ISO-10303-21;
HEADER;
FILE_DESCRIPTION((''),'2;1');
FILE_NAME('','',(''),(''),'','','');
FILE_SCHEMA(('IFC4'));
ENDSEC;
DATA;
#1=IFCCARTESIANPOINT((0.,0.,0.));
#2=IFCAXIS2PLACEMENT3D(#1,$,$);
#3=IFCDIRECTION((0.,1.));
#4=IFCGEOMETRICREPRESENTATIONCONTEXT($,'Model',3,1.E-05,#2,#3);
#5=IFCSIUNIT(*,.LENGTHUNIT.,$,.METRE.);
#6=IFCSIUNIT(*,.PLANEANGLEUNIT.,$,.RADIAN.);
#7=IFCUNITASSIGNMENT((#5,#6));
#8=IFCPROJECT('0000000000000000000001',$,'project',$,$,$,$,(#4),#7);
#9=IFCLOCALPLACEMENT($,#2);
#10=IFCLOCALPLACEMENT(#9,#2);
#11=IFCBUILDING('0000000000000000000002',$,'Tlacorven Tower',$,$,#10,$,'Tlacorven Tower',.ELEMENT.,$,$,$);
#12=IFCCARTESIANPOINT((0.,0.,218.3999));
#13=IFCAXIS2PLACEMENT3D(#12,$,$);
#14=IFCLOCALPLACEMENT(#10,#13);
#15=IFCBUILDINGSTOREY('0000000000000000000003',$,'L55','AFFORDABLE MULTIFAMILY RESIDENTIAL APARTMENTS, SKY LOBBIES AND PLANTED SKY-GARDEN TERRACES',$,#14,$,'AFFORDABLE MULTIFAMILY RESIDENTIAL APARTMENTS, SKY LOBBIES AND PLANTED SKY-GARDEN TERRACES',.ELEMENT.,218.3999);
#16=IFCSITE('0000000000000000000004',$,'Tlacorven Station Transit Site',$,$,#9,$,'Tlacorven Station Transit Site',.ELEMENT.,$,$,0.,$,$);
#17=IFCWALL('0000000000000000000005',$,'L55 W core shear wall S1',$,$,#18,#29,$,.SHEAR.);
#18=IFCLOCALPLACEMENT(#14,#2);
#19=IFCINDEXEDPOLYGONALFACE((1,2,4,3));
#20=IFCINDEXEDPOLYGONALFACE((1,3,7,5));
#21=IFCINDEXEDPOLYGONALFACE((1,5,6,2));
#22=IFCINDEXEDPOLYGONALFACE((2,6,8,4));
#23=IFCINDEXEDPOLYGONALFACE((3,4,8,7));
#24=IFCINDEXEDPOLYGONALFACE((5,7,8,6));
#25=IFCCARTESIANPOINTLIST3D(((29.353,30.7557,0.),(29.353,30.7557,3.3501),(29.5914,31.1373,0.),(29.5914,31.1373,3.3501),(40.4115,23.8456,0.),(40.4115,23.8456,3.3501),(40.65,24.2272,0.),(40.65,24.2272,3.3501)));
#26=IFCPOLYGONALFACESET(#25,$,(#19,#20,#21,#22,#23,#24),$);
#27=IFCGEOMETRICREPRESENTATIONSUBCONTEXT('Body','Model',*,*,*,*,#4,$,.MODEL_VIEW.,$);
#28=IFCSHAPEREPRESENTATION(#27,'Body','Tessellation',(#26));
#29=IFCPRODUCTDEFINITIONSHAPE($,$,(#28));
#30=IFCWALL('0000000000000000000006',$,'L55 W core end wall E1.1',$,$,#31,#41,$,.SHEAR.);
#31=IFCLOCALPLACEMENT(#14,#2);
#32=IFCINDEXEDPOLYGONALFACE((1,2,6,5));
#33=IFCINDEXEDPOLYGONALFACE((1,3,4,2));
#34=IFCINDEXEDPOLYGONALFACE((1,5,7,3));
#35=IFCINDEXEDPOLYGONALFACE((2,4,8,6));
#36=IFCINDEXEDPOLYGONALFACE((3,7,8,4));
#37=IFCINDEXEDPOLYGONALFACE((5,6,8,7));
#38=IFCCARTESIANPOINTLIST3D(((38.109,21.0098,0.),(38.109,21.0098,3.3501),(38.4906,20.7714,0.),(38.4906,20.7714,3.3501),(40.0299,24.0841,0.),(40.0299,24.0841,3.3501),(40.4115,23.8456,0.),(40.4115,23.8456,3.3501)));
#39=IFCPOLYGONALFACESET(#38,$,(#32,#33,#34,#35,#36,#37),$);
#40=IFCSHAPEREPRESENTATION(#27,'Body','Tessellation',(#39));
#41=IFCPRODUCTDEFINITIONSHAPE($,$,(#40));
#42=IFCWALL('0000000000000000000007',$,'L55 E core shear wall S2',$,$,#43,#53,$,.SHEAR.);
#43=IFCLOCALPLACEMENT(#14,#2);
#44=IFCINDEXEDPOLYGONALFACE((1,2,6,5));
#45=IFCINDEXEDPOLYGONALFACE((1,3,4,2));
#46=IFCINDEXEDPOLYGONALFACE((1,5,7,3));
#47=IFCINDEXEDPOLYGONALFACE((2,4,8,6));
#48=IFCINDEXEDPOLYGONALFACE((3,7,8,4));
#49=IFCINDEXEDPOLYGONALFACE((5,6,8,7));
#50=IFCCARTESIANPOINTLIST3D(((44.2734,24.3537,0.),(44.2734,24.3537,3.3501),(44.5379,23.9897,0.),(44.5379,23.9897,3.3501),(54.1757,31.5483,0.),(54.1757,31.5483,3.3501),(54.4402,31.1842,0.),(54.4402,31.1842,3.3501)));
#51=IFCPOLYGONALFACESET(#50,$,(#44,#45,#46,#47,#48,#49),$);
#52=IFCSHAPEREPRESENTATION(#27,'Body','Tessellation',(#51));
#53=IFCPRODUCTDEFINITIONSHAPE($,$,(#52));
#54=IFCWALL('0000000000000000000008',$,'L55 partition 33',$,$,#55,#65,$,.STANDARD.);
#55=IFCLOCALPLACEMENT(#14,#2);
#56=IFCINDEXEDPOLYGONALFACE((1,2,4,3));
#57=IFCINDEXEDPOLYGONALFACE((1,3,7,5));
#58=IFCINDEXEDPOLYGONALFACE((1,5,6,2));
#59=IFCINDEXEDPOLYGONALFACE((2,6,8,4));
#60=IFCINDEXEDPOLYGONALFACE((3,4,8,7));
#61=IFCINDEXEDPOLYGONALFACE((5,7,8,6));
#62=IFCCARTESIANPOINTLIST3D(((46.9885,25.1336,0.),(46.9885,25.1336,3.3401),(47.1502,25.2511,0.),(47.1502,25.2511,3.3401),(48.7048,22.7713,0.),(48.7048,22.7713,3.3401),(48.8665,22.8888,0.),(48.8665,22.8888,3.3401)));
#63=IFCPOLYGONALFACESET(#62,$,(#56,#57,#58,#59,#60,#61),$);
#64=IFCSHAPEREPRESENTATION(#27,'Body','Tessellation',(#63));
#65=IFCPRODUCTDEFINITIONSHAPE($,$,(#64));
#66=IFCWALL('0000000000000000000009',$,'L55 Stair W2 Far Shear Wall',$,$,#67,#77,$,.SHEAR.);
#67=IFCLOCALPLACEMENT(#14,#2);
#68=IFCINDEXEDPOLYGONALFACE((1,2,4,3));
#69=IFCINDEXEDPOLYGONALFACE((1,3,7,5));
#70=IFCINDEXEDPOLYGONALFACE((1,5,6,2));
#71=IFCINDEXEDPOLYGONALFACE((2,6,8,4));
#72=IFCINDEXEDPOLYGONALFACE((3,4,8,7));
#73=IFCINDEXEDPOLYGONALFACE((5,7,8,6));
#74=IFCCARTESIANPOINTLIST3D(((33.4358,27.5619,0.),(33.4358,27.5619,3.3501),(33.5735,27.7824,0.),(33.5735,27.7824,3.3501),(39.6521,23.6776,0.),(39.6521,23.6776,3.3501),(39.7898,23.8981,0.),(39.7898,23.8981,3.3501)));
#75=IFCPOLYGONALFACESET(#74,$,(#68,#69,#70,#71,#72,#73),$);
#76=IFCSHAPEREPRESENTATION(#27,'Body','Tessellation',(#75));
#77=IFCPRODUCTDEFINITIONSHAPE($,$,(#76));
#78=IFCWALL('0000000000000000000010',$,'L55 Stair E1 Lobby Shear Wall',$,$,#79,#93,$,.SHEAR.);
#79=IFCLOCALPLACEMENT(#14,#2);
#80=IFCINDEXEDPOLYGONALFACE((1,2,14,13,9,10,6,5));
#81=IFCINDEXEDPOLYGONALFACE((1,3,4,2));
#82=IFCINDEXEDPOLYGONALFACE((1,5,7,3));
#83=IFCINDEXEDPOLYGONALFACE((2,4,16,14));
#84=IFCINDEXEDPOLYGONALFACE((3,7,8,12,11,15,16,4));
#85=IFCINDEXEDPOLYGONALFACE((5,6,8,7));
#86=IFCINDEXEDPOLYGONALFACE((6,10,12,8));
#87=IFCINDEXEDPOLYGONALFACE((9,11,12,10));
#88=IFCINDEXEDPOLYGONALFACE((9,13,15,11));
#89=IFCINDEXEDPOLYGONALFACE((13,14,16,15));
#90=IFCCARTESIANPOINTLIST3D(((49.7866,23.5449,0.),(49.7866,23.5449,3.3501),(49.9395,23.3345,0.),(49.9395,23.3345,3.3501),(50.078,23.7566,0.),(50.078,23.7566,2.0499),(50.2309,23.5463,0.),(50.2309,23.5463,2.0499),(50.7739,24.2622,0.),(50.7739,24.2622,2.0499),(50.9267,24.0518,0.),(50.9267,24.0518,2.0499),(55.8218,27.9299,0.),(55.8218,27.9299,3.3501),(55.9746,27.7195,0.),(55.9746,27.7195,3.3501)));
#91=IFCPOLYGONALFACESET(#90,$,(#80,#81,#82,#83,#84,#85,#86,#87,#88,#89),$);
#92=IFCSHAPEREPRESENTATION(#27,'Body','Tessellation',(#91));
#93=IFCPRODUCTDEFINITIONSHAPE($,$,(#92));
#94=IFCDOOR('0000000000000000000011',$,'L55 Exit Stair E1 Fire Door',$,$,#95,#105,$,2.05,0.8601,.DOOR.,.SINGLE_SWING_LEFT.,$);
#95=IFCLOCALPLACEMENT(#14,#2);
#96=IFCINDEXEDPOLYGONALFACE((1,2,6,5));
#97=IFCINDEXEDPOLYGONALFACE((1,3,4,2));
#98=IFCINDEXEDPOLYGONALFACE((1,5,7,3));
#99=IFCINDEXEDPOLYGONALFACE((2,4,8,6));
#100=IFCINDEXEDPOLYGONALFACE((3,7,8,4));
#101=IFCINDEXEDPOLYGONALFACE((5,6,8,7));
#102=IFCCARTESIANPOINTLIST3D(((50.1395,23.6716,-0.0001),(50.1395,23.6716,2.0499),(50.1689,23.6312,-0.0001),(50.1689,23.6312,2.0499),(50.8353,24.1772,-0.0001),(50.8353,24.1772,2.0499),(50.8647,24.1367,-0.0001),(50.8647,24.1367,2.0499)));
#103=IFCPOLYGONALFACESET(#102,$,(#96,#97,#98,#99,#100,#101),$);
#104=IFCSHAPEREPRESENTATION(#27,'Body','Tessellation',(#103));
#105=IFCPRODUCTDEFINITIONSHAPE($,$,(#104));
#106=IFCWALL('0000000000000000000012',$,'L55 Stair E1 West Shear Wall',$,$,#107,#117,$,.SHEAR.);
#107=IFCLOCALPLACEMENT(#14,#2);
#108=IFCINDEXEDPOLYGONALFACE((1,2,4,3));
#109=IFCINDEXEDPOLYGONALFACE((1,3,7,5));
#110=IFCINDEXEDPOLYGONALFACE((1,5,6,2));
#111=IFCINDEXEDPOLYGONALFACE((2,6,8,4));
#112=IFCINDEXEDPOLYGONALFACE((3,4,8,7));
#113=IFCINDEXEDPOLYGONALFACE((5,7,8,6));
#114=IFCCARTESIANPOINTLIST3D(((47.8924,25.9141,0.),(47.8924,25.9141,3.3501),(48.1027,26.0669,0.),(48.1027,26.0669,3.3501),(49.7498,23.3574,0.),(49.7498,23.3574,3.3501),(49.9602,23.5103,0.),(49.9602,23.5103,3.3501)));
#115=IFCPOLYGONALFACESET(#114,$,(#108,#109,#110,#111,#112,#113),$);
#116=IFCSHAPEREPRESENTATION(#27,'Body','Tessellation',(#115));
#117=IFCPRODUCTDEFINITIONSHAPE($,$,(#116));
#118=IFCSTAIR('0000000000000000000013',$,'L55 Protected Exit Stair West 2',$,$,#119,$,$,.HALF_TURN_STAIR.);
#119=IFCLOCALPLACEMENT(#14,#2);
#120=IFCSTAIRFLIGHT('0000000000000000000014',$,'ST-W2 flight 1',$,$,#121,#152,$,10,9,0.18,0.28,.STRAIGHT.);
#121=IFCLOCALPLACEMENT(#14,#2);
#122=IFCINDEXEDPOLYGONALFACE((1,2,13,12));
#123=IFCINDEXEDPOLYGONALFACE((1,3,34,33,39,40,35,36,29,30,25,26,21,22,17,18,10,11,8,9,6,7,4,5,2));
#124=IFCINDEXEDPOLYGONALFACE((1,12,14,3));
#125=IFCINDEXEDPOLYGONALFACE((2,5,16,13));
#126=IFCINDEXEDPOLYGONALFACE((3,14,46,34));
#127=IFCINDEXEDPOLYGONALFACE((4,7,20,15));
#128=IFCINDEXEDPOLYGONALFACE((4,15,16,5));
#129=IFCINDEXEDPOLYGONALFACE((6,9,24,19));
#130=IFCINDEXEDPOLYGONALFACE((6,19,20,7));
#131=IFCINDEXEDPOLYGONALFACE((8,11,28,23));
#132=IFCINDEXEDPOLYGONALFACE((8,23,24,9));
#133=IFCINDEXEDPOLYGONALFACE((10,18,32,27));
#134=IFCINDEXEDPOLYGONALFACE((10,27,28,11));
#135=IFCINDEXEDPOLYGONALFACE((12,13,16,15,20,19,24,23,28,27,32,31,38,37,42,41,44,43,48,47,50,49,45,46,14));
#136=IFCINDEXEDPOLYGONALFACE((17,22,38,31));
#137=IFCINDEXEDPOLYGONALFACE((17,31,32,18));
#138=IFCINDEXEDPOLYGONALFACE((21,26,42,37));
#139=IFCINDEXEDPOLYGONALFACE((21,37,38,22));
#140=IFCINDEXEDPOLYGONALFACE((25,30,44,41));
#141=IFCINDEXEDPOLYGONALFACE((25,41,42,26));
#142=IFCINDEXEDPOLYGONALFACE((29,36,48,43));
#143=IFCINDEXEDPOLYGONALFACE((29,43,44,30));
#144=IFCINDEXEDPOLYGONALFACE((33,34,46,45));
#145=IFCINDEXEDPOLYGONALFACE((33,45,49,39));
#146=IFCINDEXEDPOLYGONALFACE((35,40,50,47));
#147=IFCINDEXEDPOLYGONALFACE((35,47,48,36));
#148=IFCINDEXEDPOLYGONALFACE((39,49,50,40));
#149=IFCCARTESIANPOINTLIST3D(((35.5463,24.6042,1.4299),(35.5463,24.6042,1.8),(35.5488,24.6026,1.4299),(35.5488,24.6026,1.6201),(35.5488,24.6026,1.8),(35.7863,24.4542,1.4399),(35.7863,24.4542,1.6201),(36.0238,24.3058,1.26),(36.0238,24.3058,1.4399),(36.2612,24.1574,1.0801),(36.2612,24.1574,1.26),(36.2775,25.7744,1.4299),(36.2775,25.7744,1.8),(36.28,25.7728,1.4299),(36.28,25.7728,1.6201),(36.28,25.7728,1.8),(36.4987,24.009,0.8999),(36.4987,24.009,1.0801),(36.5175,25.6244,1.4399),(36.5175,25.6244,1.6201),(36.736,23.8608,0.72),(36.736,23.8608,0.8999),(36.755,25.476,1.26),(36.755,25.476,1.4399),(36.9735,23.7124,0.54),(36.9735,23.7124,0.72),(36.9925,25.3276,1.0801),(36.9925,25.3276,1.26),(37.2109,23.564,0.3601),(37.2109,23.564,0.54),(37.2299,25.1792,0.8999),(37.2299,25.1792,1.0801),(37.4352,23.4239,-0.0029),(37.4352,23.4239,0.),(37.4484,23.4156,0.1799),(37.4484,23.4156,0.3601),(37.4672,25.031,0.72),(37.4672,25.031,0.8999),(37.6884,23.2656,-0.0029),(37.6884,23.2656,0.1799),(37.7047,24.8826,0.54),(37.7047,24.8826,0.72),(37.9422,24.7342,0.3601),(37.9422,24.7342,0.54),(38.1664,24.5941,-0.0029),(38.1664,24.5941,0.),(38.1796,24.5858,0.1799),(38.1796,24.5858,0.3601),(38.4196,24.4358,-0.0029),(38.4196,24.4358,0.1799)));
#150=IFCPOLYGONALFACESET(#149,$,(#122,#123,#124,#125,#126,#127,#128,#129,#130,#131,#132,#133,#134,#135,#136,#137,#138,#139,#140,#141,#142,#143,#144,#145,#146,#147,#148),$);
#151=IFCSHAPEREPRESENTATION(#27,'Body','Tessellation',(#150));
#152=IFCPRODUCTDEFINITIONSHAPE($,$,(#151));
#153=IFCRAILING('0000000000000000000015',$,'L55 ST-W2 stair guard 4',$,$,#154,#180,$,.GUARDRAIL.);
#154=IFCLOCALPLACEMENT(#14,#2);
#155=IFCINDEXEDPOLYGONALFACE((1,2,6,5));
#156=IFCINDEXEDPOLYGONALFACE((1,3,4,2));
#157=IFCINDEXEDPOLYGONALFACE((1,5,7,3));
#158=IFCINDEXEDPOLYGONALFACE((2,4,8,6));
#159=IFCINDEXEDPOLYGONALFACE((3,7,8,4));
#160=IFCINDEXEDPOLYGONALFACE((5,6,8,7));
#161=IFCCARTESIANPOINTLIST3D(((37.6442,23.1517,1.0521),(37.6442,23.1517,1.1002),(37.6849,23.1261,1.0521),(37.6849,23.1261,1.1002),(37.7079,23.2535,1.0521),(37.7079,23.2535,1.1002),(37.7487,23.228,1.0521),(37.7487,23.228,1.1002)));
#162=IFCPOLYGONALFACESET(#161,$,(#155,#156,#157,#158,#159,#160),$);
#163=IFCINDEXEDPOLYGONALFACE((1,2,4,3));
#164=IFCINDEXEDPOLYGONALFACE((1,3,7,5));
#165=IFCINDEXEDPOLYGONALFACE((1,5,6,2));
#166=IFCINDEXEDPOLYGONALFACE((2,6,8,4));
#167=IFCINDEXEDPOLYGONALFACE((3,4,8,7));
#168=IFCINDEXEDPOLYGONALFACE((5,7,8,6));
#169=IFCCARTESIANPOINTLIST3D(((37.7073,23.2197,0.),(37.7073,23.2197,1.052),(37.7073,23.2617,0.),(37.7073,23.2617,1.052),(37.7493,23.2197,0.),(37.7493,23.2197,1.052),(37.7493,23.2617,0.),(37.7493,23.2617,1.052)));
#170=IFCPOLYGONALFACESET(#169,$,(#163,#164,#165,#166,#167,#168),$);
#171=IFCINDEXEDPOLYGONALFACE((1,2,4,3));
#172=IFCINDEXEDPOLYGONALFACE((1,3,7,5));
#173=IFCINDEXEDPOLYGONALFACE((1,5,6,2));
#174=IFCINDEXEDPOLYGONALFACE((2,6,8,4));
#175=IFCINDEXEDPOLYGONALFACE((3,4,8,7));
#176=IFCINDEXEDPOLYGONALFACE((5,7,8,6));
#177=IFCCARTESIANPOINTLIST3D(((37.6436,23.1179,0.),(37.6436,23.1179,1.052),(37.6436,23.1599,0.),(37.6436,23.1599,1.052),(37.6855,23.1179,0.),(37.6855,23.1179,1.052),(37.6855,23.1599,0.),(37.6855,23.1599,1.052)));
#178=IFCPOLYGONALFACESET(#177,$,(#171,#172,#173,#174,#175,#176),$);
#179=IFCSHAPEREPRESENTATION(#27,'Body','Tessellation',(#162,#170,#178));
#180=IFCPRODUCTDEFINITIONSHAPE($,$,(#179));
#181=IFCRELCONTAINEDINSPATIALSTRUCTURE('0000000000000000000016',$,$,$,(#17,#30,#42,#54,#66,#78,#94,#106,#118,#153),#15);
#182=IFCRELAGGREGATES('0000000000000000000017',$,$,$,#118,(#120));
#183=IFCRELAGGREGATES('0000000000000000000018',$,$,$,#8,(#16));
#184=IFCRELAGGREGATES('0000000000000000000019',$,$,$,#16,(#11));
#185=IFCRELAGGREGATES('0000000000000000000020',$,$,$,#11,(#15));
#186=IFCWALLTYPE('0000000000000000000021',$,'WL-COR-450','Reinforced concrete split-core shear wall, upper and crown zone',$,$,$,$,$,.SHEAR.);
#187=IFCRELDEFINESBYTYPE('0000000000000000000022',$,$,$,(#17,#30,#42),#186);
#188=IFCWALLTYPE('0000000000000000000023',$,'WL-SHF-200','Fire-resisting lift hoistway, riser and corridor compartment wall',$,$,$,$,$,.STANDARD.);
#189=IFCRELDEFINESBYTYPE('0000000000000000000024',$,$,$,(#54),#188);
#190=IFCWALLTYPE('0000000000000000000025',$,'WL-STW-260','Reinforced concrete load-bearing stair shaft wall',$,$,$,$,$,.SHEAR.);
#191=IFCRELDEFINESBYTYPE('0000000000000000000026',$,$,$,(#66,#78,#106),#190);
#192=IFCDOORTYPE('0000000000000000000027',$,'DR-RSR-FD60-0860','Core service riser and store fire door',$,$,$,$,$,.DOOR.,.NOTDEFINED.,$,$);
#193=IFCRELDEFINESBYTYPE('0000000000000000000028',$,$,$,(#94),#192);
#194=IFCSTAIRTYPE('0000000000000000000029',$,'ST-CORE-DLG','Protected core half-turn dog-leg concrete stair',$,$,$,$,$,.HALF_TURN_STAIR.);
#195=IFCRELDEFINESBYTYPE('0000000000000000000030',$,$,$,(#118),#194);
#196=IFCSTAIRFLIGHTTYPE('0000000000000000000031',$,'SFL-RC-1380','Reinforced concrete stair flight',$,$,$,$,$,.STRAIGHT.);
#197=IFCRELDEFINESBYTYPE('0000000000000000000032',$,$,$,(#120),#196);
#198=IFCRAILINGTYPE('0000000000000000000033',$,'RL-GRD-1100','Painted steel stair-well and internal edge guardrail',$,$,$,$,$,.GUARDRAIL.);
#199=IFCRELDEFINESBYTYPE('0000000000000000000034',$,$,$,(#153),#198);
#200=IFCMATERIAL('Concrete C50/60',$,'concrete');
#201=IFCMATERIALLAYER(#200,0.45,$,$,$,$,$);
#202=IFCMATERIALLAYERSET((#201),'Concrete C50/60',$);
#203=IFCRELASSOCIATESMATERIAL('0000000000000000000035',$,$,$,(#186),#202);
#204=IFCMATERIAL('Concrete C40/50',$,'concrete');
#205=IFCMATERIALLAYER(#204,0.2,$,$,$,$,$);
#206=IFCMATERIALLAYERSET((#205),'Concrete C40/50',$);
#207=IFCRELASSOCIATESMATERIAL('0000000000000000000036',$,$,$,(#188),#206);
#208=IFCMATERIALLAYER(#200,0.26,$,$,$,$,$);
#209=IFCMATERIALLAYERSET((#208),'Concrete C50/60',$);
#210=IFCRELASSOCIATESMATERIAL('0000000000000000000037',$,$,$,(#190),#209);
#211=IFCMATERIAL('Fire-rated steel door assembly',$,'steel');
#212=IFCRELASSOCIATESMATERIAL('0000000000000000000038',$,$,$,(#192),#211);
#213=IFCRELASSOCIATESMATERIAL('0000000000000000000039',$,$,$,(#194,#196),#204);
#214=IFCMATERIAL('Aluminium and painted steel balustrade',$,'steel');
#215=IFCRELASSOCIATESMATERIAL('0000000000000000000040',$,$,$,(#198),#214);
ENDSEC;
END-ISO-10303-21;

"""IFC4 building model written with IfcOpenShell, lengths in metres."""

from ifc_helpers import new_model, si_unit, direction, frame, frame_2d, origin, origin_2d, place, context, subcontext, project, spatial, polyline, rectangle, outline, extrude, source, transform, mapped, material, layer, layer_set, type_object, element, fill, aggregate, save


model = new_model("IFC4")

# Units and contexts
model_context = context("Model", 3, precision=1e-05, world=origin(), true_north=direction((0.0, 1.0)))
body_context = subcontext(model_context, "Body", "Model", "MODEL_VIEW")
ifc_project = project(units=[si_unit("LENGTHUNIT", "METRE"), si_unit("PLANEANGLEUNIT", "RADIAN")], contexts=[model_context])

# Site, building, storey
site_placement = place(None, origin())
site = spatial("IfcSite", under=ifc_project, at=site_placement, Name="Tlacorven Station Transit Site", LongName="Tlacorven Station Transit Site", CompositionType="ELEMENT", RefElevation=0.0)
building_placement = place(site_placement, origin())
building = spatial("IfcBuilding", under=site, at=building_placement, Name="Tlacorven Tower", LongName="Tlacorven Tower", CompositionType="ELEMENT")
storey_placement = place(building_placement, frame((0.0, 0.0, 218.3999)))
storey = spatial("IfcBuildingStorey", under=building, at=storey_placement, Name="L55", Description="AFFORDABLE MULTIFAMILY RESIDENTIAL APARTMENTS, SKY LOBBIES AND PLANTED SKY-GARDEN TERRACES", LongName="AFFORDABLE MULTIFAMILY RESIDENTIAL APARTMENTS, SKY LOBBIES AND PLANTED SKY-GARDEN TERRACES", CompositionType="ELEMENT", Elevation=218.3999)

# Walls
ifc_material_1 = material(Name="Concrete C50/60", Category="concrete")
ifc_layer_1 = layer(ifc_material_1, 0.45)
ifc_layer_set_1 = layer_set([ifc_layer_1], Name="Concrete C50/60")
wall_type_1 = type_object("IfcWallType", Name="WL-COR-450", Description="Reinforced concrete split-core shear wall, upper and crown zone", PredefinedType="SHEAR", material=ifc_layer_set_1)
wall_1_placement = place(storey_placement, frame((40.5308, 24.0364, 0.0), z_axis=(0.0, 0.0, 1.0), x_axis=(-0.848049, 0.529918, 0.0)))
element("IfcWall", 1, at=wall_1_placement, inside=storey, type_object=wall_type_1, Name="L55 W core shear wall S1", PredefinedType="SHEAR", context=body_context, shape_type="SweptSolid", body=[
    extrude(rectangle(XDim=13.04, YDim=0.45, at=frame_2d((6.52, 0.0))), origin(), (0.0, 0.0, 1.0), 3.3501),
])
wall_2_placement = place(storey_placement, frame((40.2207, 23.9648, 0.0), z_axis=(0.0, 0.0, 1.0), x_axis=(-0.529902, -0.848059, 0.0)))
element("IfcWall", 2, at=wall_2_placement, inside=storey, type_object=wall_type_1, Name="L55 W core end wall E1.1", PredefinedType="SHEAR", context=body_context, shape_type="SweptSolid", body=[
    extrude(rectangle(XDim=3.625, YDim=0.45, at=frame_2d((1.8125, 0.0))), origin(), (0.0, 0.0, 1.0), 3.3501),
])
wall_3_placement = place(storey_placement, frame((44.4055, 24.1716, 0.0), z_axis=(0.0, 0.0, 1.0), x_axis=(0.809013, 0.587791, 0.0)))
element("IfcWall", 3, at=wall_3_placement, inside=storey, type_object=wall_type_1, Name="L55 E core shear wall S2", PredefinedType="SHEAR", context=body_context, shape_type="SweptSolid", body=[
    extrude(rectangle(XDim=12.24, YDim=0.45, at=frame_2d((6.1201, 0.0))), origin(), (0.0, 0.0, 1.0), 3.3501),
])
ifc_material_2 = material(Name="Concrete C40/50", Category="concrete")
ifc_layer_2 = layer(ifc_material_2, 0.2)
ifc_layer_set_2 = layer_set([ifc_layer_2], Name="Concrete C40/50")
wall_type_2 = type_object("IfcWallType", Name="WL-SHF-200", Description="Fire-resisting lift hoistway, riser and corridor compartment wall", PredefinedType="STANDARD", material=ifc_layer_set_2)
wall_4_placement = place(storey_placement, frame((48.7856, 22.8301, 0.0), z_axis=(0.0, 0.0, 1.0), x_axis=(-0.587784, 0.809018, 0.0)))
element("IfcWall", 4, at=wall_4_placement, inside=storey, type_object=wall_type_2, Name="L55 partition 33", PredefinedType="STANDARD", context=body_context, shape_type="SweptSolid", body=[
    extrude(rectangle(XDim=2.9199, YDim=0.2, at=frame_2d((1.46, 0.0))), origin(), (0.0, 0.0, 1.0), 3.3401),
])
ifc_layer_3 = layer(ifc_material_1, 0.26)
ifc_layer_set_3 = layer_set([ifc_layer_3], Name="Concrete C50/60")
wall_type_3 = type_object("IfcWallType", Name="WL-STW-260", Description="Reinforced concrete load-bearing stair shaft wall", PredefinedType="SHEAR", material=ifc_layer_set_3)
wall_5_placement = place(storey_placement, frame((39.7209, 23.7878, 0.0), z_axis=(0.0, 0.0, 1.0), x_axis=(-0.848054, 0.529909, 0.0)))
element("IfcWall", 5, at=wall_5_placement, inside=storey, type_object=wall_type_3, Name="L55 Stair W2 Far Shear Wall", PredefinedType="SHEAR", context=body_context, shape_type="SweptSolid", body=[
    extrude(rectangle(XDim=7.3301, YDim=0.26, at=frame_2d((3.665, 0.0))), origin(), (0.0, 0.0, 1.0), 3.3501),
])

# Wall, opening, door
wall_6_placement = place(storey_placement, frame((49.863, 23.4397, 0.0), z_axis=(0.0, 0.0, 1.0), x_axis=(0.809003, 0.587804, 0.0)))
wall_6 = element("IfcWall", 6, at=wall_6_placement, inside=storey, type_object=wall_type_3, Name="L55 Stair E1 Lobby Shear Wall", PredefinedType="SHEAR", context=body_context, shape_type="SweptSolid", body=[
    extrude(rectangle(XDim=7.46, YDim=0.26, at=frame_2d((3.73, 0.0))), origin(), (0.0, 0.0, 1.0), 3.3501),
])
opening_placement = place(wall_6_placement, frame((0.3601, 0.0, 0.0)))
opening = element("IfcOpeningElement", 7, at=opening_placement, cuts=wall_6, PredefinedType="OPENING", context=body_context, shape_type="SweptSolid", body=[
    extrude(rectangle(XDim=0.8601, YDim=2.05, at=frame_2d((0.4302, 1.0249))), frame((0.0, 0.1401, 0.0), z_axis=(0.0, -1.0, 0.0), x_axis=(1.0, 0.0, 0.0)), (0.0, 0.0, 1.0), 0.28),
])
ifc_material_3 = material(Name="Fire-rated steel door assembly", Category="steel")
door_type = type_object("IfcDoorType", Name="DR-RSR-FD60-0860", Description="Core service riser and store fire door", OperationType="NOTDEFINED", PredefinedType="DOOR", material=ifc_material_3)
shared_shape_1 = source(origin(), body_context, "Body", "SweptSolid", [
    extrude(rectangle(XDim=0.8601, YDim=2.05, at=frame_2d((0.4302, 1.0249))), frame((0.0, 0.0249, 0.0), z_axis=(0.0, -1.0, 0.0), x_axis=(1.0, 0.0, 0.0)), (0.0, 0.0, 1.0), 0.05),
])
door_placement = place(opening_placement, frame((0.8601, 0.0, 0.0), z_axis=(0.0, 0.0, 1.0), x_axis=(-1.0, 0.0, 0.0)))
door = element("IfcDoor", 8, at=door_placement, inside=storey, type_object=door_type, Name="L55 Exit Stair E1 Fire Door", OperationType="SINGLE_SWING_LEFT", OverallHeight=2.05, OverallWidth=0.8601, PredefinedType="DOOR", context=body_context, shape_type="MappedRepresentation", body=[
    mapped(shared_shape_1, transform((0.0, 0.0, 0.0), scale=1.0)),
])
fill(opening, door)

# Wall
wall_7_placement = place(storey_placement, frame((49.855, 23.4338, 0.0), z_axis=(0.0, 0.0, 1.0), x_axis=(-0.587767, 0.80903, 0.0)))
element("IfcWall", 9, at=wall_7_placement, inside=storey, type_object=wall_type_3, Name="L55 Stair E1 West Shear Wall", PredefinedType="SHEAR", context=body_context, shape_type="SweptSolid", body=[
    extrude(rectangle(XDim=3.1602, YDim=0.26, at=frame_2d((1.5801, 0.0))), origin(), (0.0, 0.0, 1.0), 3.3501),
])

# Stair, stair flight
stair_type = type_object("IfcStairType", Name="ST-CORE-DLG", Description="Protected core half-turn dog-leg concrete stair", PredefinedType="HALF_TURN_STAIR", material=ifc_material_2)
stair_placement = place(storey_placement, origin())
stair = element("IfcStair", 10, at=stair_placement, inside=storey, type_object=stair_type, Name="L55 Protected Exit Stair West 2", PredefinedType="HALF_TURN_STAIR")
stair_flight_type = type_object("IfcStairFlightType", Name="SFL-RC-1380", Description="Reinforced concrete stair flight", PredefinedType="STRAIGHT", material=ifc_material_2)
shared_shape_2 = source(origin(), body_context, "Body", "SweptSolid", [
    extrude(outline(polyline([(-0.0029, -0.0029), (-0.0029, 0.1799), (0.28, 0.1799), (0.28, 0.3601), (0.5601, 0.3601), (0.5601, 0.54), (0.8401, 0.54), (0.8401, 0.72), (1.1201, 0.72), (1.1201, 0.8999), (1.3999, 0.8999), (1.3999, 1.0801), (1.6799, 1.0801), (1.6799, 1.26), (1.96, 1.26), (1.96, 1.4399), (2.24, 1.4399), (2.24, 1.6201), (2.52, 1.6201), (2.52, 1.8), (2.5229, 1.8), (2.5229, 1.4299), (2.52, 1.4299), (0.2957, 0.0), (0.2957, -0.0029), (-0.0029, -0.0029)])), frame((0.0, 0.6899, 0.0), z_axis=(0.0, -1.0, 0.0), x_axis=(1.0, 0.0, 0.0)), (0.0, 0.0, 1.0), 1.3799),
])
stair_flight_placement = place(storey_placement, frame((38.0515, 23.8523, 0.0), z_axis=(0.0, 0.0, 1.0), x_axis=(-0.848048, 0.529919, 0.0)))
stair_flight = element("IfcStairFlight", 11, at=stair_flight_placement, type_object=stair_flight_type, Name="ST-W2 flight 1", NumberOfRisers=10, NumberOfTreads=9, PredefinedType="STRAIGHT", RiserHeight=0.18, TreadLength=0.28, context=body_context, shape_type="MappedRepresentation", body=[
    mapped(shared_shape_2, transform((0.0, 0.0, 0.0), scale=1.0)),
])
aggregate(stair, [stair_flight])

# Railing
ifc_material_4 = material(Name="Aluminium and painted steel balustrade", Category="steel")
railing_type_1 = type_object("IfcRailingType", Name="RL-GRD-1100", Description="Painted steel stair-well and internal edge guardrail", PredefinedType="GUARDRAIL", material=ifc_material_4)
shared_shape_3 = source(origin(), body_context, "Body", "SweptSolid", [
    extrude(rectangle(XDim=0.0481, YDim=0.0481, at=origin_2d()), frame((0.0, 0.0, 1.0762), z_axis=(-0.530547, -0.847656, 0.0), x_axis=(0.847656, -0.530547, 0.0)), (0.0, 0.0, 1.0), 0.1201),
    extrude(rectangle(XDim=0.042, YDim=0.042, at=origin_2d()), origin(), (0.0, 0.0, 1.0), 1.052),
    extrude(rectangle(XDim=0.042, YDim=0.042, at=origin_2d()), frame((-0.0637, -0.1018, 0.0)), (0.0, 0.0, 1.0), 1.052),
])
railing_1_placement = place(storey_placement, frame((37.7283, 23.2407, 0.0)))
element("IfcRailing", 12, at=railing_1_placement, inside=storey, type_object=railing_type_1, Name="L55 ST-W2 stair guard 4", PredefinedType="GUARDRAIL", context=body_context, shape_type="MappedRepresentation", body=[
    mapped(shared_shape_3, transform((0.0, 0.0, 0.0), scale=1.0)),
])

save(model, "model.ifc")
